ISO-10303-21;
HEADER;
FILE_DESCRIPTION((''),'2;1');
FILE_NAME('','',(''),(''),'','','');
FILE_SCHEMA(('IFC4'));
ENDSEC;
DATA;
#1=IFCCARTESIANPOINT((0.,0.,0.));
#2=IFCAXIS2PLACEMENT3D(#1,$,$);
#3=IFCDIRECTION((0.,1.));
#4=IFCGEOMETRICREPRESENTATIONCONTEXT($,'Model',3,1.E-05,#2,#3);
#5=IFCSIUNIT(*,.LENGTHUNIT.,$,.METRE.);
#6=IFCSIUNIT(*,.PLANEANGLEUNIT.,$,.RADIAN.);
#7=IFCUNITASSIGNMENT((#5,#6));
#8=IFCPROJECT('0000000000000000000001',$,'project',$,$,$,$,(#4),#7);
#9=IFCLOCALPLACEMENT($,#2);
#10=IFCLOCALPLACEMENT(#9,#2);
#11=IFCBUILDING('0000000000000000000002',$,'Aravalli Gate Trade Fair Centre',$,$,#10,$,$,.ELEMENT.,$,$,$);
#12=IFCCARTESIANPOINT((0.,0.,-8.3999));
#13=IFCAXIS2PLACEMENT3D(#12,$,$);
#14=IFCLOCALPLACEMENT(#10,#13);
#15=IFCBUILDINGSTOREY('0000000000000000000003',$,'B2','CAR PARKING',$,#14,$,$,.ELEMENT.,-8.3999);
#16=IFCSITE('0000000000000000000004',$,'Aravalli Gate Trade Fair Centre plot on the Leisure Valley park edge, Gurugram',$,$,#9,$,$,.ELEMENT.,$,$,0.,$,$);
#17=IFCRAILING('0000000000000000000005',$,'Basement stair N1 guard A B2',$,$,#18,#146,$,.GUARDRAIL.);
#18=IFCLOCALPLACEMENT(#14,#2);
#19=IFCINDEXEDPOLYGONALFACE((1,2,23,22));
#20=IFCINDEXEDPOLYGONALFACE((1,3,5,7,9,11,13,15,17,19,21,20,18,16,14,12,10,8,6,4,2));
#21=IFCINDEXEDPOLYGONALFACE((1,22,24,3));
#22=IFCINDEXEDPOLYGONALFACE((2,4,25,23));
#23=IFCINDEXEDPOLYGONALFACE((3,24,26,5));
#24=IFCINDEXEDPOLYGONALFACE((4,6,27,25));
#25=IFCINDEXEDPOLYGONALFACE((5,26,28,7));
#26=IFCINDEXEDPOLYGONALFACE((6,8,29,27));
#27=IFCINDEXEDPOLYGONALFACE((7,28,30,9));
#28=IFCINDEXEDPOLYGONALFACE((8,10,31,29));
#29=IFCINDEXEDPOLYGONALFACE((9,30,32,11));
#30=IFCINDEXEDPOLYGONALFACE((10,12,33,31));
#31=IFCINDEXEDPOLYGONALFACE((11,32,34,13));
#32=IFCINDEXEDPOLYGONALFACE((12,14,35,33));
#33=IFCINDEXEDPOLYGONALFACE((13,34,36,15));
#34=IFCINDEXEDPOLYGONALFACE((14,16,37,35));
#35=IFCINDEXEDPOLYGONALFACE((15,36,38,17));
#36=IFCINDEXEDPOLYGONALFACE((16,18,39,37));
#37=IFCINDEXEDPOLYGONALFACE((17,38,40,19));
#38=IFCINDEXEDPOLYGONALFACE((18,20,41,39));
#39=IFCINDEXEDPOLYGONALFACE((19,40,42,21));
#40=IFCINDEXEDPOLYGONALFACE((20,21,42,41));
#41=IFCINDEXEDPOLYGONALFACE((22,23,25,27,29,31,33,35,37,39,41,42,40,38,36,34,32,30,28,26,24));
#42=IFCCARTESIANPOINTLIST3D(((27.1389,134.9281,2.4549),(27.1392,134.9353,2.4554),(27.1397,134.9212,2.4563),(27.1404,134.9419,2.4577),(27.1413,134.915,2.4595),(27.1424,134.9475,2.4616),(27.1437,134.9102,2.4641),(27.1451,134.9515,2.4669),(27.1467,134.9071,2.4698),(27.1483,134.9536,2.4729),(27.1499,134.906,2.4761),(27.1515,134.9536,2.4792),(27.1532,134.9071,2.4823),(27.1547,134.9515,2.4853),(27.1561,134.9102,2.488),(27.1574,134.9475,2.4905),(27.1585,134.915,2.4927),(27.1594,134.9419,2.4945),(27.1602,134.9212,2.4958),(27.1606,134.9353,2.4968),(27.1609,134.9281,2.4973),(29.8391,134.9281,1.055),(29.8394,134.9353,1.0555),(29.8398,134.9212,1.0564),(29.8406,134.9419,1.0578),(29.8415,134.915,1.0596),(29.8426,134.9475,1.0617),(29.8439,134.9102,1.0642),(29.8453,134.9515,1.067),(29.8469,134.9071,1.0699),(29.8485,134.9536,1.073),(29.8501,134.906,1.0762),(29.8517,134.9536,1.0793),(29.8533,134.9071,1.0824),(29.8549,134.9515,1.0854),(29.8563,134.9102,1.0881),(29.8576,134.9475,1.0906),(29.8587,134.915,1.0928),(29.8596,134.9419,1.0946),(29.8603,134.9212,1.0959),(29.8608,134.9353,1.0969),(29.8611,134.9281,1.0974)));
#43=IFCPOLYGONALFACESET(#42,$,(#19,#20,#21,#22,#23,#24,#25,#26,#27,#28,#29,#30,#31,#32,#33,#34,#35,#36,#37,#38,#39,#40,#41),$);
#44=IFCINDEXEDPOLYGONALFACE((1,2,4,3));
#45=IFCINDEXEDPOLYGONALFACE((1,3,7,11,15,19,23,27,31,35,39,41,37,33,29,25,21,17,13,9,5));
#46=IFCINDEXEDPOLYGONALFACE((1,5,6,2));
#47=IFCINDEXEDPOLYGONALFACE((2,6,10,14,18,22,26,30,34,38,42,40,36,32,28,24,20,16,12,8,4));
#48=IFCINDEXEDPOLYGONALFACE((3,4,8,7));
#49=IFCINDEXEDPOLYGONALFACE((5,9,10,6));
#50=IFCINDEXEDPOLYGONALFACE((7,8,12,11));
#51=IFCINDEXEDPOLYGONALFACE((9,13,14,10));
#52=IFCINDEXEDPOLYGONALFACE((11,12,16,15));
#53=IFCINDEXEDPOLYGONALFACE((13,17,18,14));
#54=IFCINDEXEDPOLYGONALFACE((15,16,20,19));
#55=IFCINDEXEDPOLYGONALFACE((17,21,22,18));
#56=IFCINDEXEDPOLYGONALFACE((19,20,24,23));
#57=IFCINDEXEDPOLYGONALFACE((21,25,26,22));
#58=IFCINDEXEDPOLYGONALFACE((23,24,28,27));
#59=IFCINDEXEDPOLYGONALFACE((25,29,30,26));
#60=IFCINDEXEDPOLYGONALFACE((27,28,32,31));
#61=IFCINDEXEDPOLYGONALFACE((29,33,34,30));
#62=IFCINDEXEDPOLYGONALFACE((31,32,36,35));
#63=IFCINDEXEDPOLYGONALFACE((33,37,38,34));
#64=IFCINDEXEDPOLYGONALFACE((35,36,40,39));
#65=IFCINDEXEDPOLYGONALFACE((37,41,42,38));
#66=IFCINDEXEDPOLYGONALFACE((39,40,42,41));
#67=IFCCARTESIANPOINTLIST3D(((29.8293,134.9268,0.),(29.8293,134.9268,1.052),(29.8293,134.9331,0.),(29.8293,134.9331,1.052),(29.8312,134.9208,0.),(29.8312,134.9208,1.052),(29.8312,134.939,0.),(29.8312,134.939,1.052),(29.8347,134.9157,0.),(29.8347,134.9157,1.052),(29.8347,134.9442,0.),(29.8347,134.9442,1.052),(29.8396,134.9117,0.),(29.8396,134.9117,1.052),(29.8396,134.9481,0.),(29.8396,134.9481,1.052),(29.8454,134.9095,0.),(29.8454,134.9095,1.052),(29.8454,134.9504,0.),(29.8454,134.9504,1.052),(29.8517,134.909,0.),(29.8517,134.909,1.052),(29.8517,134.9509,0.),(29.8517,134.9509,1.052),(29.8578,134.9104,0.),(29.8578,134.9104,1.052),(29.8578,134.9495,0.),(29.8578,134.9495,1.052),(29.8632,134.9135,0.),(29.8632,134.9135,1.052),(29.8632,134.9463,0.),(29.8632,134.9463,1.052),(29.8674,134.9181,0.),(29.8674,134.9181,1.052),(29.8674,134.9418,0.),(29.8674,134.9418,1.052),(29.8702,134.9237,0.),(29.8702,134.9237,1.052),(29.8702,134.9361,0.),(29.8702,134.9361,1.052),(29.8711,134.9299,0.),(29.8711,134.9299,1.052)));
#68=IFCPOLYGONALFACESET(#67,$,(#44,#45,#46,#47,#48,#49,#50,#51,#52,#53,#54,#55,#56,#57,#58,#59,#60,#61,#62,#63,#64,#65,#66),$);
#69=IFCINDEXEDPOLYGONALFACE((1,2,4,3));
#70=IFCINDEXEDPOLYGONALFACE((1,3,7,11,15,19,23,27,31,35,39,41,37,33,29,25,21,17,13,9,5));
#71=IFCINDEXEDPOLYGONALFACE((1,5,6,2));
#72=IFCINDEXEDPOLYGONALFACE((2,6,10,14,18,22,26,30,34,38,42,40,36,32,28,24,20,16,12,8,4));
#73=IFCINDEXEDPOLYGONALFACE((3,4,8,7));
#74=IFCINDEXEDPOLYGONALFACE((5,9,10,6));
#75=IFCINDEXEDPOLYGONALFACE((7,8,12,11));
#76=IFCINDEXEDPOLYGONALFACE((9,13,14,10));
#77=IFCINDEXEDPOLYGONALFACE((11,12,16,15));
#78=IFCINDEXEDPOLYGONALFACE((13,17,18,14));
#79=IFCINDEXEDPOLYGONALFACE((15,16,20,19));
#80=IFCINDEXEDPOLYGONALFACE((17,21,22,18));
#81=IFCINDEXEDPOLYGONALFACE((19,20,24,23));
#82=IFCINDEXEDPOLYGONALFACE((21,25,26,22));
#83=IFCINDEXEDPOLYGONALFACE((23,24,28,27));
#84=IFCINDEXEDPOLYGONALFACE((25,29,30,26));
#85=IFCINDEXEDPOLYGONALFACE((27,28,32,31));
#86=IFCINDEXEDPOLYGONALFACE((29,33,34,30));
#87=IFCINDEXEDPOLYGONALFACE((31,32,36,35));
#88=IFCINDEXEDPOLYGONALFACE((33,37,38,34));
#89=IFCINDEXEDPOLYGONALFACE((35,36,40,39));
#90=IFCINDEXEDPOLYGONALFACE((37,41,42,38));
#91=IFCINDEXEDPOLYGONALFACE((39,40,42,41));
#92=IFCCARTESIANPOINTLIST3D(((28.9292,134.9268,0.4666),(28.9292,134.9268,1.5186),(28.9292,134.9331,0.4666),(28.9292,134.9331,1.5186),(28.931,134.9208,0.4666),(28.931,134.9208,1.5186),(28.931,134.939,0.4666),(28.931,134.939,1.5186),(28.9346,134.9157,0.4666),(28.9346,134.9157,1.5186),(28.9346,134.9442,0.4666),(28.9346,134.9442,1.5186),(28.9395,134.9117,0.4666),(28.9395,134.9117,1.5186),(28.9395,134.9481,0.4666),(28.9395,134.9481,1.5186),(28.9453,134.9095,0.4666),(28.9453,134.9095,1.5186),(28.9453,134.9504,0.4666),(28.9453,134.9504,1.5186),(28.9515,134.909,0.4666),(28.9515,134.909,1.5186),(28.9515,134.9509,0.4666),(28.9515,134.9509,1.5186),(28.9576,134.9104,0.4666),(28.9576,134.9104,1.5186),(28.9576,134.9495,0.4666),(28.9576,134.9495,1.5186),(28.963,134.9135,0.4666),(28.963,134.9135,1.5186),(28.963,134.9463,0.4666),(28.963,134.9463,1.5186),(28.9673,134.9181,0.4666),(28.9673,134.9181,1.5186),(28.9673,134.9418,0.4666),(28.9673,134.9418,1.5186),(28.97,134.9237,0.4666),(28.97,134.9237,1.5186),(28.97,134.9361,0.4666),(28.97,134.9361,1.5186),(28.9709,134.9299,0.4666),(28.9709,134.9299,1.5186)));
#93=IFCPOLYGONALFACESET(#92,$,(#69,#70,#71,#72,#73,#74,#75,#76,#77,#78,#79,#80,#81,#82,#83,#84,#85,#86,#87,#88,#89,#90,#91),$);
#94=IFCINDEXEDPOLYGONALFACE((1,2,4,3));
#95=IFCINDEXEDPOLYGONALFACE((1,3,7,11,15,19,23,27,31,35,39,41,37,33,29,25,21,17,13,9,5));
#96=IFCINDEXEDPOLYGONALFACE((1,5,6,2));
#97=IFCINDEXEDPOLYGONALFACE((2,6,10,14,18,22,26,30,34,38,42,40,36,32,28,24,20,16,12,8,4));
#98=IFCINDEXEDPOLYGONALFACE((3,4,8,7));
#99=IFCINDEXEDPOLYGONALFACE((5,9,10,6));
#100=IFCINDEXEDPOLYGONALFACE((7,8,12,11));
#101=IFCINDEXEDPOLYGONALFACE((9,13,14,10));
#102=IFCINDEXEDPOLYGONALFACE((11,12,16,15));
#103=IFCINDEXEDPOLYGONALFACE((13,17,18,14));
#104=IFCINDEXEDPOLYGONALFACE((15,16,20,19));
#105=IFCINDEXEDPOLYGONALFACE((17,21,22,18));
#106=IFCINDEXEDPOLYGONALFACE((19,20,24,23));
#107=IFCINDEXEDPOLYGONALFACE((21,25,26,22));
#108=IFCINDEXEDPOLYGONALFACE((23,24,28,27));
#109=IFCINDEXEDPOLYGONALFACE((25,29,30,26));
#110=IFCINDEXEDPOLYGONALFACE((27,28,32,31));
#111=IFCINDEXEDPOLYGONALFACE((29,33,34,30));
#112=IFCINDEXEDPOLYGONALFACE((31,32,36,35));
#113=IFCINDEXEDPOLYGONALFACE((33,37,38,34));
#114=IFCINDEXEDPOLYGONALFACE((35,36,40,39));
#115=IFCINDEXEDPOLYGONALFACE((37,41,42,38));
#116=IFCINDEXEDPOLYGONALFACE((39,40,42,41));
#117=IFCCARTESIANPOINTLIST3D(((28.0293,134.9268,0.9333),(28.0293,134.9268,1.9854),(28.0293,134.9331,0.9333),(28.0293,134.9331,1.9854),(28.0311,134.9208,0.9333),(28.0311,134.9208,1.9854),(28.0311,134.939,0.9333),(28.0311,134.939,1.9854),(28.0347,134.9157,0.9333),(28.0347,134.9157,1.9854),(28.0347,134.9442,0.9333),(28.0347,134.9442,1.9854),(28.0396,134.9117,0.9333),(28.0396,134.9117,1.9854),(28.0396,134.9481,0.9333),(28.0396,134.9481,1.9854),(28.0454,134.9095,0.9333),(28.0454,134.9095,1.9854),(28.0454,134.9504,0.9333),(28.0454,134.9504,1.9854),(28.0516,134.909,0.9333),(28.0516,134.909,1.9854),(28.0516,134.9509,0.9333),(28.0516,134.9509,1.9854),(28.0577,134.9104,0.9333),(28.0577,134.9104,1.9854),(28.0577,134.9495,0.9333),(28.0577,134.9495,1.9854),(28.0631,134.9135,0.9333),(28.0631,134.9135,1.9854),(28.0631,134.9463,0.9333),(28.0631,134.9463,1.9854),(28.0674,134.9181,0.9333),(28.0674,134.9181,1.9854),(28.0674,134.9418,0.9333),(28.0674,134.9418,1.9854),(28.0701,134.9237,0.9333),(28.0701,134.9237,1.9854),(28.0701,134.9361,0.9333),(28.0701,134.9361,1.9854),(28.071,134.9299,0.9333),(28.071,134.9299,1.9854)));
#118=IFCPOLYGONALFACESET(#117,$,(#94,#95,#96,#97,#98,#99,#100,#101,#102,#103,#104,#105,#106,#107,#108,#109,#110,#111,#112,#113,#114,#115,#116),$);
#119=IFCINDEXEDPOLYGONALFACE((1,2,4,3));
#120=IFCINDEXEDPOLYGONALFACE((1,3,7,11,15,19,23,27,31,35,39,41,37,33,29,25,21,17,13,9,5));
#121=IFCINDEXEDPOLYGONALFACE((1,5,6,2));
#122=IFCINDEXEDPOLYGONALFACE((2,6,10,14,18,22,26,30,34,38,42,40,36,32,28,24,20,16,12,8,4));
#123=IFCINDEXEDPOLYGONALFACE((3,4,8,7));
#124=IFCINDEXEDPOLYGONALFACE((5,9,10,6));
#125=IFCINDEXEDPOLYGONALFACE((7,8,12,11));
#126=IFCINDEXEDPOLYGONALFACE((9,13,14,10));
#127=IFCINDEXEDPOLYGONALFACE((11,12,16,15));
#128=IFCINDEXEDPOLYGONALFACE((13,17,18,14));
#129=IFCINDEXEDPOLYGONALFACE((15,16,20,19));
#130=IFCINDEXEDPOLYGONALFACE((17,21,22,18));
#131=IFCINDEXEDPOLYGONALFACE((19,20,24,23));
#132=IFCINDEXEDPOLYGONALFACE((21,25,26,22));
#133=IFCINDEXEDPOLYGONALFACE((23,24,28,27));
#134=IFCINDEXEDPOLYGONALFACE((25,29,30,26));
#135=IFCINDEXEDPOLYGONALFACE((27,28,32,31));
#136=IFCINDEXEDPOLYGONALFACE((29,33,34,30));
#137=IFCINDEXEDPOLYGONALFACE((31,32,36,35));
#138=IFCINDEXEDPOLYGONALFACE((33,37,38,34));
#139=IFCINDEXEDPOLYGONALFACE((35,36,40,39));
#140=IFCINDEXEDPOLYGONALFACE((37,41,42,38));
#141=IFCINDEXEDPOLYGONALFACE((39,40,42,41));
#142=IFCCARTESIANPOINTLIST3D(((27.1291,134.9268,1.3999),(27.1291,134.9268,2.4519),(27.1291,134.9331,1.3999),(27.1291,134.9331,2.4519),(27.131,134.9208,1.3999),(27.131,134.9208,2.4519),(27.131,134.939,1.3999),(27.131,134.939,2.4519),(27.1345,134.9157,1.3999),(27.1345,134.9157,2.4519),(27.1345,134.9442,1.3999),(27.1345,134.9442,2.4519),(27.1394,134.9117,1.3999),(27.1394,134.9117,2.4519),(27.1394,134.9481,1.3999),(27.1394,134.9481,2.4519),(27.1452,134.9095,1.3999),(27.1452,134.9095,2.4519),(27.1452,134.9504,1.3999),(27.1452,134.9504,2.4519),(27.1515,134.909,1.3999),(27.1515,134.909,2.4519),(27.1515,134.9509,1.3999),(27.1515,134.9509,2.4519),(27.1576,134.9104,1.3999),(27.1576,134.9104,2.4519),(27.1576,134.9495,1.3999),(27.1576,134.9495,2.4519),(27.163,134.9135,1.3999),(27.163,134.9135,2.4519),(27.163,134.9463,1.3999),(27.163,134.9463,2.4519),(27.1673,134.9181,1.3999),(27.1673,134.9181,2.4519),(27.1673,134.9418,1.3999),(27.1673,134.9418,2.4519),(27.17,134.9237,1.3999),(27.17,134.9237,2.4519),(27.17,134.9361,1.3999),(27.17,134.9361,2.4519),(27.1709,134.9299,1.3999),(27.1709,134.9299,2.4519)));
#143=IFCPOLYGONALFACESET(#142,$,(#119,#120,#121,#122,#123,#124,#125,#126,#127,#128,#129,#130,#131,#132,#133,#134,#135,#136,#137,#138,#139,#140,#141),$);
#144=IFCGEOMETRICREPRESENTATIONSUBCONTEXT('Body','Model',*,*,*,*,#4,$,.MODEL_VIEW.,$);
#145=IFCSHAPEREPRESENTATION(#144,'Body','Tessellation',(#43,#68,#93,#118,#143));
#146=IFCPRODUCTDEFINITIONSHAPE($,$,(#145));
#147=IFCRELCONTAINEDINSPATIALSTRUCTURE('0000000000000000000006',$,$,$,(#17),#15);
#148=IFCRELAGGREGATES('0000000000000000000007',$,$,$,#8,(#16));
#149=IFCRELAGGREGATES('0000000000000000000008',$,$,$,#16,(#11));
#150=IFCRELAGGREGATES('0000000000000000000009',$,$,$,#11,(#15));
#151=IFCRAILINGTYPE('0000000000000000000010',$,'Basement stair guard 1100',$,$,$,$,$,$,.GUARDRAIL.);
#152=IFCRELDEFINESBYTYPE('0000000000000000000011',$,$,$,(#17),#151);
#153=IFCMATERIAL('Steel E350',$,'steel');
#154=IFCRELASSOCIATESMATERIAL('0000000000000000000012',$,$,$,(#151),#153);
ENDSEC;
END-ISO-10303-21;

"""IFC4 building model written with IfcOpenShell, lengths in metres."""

from ifc_helpers import new_model, si_unit, direction, frame, origin, origin_2d, place, context, subcontext, project, spatial, circle, extrude, material, type_object, element, save


model = new_model("IFC4")

# Units and contexts
model_context = context("Model", 3, precision=1e-05, world=origin(), true_north=direction((0.0, 1.0)))
body_context = subcontext(model_context, "Body", "Model", "MODEL_VIEW")
ifc_project = project(units=[si_unit("LENGTHUNIT", "METRE"), si_unit("PLANEANGLEUNIT", "RADIAN")], contexts=[model_context])

# Site, building, storey
site_placement = place(None, origin())
site = spatial("IfcSite", under=ifc_project, at=site_placement, Name="Aravalli Gate Trade Fair Centre plot on the Leisure Valley park edge, Gurugram", CompositionType="ELEMENT", RefElevation=0.0)
building_placement = place(site_placement, origin())
building = spatial("IfcBuilding", under=site, at=building_placement, Name="Aravalli Gate Trade Fair Centre", CompositionType="ELEMENT")
storey_placement = place(building_placement, frame((0.0, 0.0, -8.3999)))
storey = spatial("IfcBuildingStorey", under=building, at=storey_placement, Name="B2", Description="CAR PARKING", CompositionType="ELEMENT", Elevation=-8.3999)

# Railing
ifc_material_1 = material(Name="Steel E350", Category="steel")
railing_type = type_object("IfcRailingType", Name="Basement stair guard 1100", PredefinedType="GUARDRAIL", material=ifc_material_1)
railing_1_placement = place(storey_placement, frame((29.8501, 134.9299, 0.0)))
element("IfcRailing", 1, at=railing_1_placement, inside=storey, type_object=railing_type, Name="Basement stair N1 guard A B2", PredefinedType="GUARDRAIL", context=body_context, shape_type="SweptSolid", body=[
    extrude(circle(Radius=0.0239, at=origin_2d()), frame((0.0, 0.0, 1.0762), z_axis=(-0.887781, 0.0, 0.460266), x_axis=(0.0, -1.0, 0.0)), (0.0, 0.0, 1.0), 3.0415),
    extrude(circle(Radius=0.021, at=origin_2d()), origin(), (0.0, 0.0, 1.0), 1.052),
    extrude(circle(Radius=0.021, at=origin_2d()), frame((-0.9001, 0.0, 0.4666)), (0.0, 0.0, 1.0), 1.052),
    extrude(circle(Radius=0.021, at=origin_2d()), frame((-1.8, 0.0, 0.9333)), (0.0, 0.0, 1.0), 1.052),
    extrude(circle(Radius=0.021, at=origin_2d()), frame((-2.7002, 0.0, 1.3999)), (0.0, 0.0, 1.0), 1.052),
])

save(model, "model.ifc")
